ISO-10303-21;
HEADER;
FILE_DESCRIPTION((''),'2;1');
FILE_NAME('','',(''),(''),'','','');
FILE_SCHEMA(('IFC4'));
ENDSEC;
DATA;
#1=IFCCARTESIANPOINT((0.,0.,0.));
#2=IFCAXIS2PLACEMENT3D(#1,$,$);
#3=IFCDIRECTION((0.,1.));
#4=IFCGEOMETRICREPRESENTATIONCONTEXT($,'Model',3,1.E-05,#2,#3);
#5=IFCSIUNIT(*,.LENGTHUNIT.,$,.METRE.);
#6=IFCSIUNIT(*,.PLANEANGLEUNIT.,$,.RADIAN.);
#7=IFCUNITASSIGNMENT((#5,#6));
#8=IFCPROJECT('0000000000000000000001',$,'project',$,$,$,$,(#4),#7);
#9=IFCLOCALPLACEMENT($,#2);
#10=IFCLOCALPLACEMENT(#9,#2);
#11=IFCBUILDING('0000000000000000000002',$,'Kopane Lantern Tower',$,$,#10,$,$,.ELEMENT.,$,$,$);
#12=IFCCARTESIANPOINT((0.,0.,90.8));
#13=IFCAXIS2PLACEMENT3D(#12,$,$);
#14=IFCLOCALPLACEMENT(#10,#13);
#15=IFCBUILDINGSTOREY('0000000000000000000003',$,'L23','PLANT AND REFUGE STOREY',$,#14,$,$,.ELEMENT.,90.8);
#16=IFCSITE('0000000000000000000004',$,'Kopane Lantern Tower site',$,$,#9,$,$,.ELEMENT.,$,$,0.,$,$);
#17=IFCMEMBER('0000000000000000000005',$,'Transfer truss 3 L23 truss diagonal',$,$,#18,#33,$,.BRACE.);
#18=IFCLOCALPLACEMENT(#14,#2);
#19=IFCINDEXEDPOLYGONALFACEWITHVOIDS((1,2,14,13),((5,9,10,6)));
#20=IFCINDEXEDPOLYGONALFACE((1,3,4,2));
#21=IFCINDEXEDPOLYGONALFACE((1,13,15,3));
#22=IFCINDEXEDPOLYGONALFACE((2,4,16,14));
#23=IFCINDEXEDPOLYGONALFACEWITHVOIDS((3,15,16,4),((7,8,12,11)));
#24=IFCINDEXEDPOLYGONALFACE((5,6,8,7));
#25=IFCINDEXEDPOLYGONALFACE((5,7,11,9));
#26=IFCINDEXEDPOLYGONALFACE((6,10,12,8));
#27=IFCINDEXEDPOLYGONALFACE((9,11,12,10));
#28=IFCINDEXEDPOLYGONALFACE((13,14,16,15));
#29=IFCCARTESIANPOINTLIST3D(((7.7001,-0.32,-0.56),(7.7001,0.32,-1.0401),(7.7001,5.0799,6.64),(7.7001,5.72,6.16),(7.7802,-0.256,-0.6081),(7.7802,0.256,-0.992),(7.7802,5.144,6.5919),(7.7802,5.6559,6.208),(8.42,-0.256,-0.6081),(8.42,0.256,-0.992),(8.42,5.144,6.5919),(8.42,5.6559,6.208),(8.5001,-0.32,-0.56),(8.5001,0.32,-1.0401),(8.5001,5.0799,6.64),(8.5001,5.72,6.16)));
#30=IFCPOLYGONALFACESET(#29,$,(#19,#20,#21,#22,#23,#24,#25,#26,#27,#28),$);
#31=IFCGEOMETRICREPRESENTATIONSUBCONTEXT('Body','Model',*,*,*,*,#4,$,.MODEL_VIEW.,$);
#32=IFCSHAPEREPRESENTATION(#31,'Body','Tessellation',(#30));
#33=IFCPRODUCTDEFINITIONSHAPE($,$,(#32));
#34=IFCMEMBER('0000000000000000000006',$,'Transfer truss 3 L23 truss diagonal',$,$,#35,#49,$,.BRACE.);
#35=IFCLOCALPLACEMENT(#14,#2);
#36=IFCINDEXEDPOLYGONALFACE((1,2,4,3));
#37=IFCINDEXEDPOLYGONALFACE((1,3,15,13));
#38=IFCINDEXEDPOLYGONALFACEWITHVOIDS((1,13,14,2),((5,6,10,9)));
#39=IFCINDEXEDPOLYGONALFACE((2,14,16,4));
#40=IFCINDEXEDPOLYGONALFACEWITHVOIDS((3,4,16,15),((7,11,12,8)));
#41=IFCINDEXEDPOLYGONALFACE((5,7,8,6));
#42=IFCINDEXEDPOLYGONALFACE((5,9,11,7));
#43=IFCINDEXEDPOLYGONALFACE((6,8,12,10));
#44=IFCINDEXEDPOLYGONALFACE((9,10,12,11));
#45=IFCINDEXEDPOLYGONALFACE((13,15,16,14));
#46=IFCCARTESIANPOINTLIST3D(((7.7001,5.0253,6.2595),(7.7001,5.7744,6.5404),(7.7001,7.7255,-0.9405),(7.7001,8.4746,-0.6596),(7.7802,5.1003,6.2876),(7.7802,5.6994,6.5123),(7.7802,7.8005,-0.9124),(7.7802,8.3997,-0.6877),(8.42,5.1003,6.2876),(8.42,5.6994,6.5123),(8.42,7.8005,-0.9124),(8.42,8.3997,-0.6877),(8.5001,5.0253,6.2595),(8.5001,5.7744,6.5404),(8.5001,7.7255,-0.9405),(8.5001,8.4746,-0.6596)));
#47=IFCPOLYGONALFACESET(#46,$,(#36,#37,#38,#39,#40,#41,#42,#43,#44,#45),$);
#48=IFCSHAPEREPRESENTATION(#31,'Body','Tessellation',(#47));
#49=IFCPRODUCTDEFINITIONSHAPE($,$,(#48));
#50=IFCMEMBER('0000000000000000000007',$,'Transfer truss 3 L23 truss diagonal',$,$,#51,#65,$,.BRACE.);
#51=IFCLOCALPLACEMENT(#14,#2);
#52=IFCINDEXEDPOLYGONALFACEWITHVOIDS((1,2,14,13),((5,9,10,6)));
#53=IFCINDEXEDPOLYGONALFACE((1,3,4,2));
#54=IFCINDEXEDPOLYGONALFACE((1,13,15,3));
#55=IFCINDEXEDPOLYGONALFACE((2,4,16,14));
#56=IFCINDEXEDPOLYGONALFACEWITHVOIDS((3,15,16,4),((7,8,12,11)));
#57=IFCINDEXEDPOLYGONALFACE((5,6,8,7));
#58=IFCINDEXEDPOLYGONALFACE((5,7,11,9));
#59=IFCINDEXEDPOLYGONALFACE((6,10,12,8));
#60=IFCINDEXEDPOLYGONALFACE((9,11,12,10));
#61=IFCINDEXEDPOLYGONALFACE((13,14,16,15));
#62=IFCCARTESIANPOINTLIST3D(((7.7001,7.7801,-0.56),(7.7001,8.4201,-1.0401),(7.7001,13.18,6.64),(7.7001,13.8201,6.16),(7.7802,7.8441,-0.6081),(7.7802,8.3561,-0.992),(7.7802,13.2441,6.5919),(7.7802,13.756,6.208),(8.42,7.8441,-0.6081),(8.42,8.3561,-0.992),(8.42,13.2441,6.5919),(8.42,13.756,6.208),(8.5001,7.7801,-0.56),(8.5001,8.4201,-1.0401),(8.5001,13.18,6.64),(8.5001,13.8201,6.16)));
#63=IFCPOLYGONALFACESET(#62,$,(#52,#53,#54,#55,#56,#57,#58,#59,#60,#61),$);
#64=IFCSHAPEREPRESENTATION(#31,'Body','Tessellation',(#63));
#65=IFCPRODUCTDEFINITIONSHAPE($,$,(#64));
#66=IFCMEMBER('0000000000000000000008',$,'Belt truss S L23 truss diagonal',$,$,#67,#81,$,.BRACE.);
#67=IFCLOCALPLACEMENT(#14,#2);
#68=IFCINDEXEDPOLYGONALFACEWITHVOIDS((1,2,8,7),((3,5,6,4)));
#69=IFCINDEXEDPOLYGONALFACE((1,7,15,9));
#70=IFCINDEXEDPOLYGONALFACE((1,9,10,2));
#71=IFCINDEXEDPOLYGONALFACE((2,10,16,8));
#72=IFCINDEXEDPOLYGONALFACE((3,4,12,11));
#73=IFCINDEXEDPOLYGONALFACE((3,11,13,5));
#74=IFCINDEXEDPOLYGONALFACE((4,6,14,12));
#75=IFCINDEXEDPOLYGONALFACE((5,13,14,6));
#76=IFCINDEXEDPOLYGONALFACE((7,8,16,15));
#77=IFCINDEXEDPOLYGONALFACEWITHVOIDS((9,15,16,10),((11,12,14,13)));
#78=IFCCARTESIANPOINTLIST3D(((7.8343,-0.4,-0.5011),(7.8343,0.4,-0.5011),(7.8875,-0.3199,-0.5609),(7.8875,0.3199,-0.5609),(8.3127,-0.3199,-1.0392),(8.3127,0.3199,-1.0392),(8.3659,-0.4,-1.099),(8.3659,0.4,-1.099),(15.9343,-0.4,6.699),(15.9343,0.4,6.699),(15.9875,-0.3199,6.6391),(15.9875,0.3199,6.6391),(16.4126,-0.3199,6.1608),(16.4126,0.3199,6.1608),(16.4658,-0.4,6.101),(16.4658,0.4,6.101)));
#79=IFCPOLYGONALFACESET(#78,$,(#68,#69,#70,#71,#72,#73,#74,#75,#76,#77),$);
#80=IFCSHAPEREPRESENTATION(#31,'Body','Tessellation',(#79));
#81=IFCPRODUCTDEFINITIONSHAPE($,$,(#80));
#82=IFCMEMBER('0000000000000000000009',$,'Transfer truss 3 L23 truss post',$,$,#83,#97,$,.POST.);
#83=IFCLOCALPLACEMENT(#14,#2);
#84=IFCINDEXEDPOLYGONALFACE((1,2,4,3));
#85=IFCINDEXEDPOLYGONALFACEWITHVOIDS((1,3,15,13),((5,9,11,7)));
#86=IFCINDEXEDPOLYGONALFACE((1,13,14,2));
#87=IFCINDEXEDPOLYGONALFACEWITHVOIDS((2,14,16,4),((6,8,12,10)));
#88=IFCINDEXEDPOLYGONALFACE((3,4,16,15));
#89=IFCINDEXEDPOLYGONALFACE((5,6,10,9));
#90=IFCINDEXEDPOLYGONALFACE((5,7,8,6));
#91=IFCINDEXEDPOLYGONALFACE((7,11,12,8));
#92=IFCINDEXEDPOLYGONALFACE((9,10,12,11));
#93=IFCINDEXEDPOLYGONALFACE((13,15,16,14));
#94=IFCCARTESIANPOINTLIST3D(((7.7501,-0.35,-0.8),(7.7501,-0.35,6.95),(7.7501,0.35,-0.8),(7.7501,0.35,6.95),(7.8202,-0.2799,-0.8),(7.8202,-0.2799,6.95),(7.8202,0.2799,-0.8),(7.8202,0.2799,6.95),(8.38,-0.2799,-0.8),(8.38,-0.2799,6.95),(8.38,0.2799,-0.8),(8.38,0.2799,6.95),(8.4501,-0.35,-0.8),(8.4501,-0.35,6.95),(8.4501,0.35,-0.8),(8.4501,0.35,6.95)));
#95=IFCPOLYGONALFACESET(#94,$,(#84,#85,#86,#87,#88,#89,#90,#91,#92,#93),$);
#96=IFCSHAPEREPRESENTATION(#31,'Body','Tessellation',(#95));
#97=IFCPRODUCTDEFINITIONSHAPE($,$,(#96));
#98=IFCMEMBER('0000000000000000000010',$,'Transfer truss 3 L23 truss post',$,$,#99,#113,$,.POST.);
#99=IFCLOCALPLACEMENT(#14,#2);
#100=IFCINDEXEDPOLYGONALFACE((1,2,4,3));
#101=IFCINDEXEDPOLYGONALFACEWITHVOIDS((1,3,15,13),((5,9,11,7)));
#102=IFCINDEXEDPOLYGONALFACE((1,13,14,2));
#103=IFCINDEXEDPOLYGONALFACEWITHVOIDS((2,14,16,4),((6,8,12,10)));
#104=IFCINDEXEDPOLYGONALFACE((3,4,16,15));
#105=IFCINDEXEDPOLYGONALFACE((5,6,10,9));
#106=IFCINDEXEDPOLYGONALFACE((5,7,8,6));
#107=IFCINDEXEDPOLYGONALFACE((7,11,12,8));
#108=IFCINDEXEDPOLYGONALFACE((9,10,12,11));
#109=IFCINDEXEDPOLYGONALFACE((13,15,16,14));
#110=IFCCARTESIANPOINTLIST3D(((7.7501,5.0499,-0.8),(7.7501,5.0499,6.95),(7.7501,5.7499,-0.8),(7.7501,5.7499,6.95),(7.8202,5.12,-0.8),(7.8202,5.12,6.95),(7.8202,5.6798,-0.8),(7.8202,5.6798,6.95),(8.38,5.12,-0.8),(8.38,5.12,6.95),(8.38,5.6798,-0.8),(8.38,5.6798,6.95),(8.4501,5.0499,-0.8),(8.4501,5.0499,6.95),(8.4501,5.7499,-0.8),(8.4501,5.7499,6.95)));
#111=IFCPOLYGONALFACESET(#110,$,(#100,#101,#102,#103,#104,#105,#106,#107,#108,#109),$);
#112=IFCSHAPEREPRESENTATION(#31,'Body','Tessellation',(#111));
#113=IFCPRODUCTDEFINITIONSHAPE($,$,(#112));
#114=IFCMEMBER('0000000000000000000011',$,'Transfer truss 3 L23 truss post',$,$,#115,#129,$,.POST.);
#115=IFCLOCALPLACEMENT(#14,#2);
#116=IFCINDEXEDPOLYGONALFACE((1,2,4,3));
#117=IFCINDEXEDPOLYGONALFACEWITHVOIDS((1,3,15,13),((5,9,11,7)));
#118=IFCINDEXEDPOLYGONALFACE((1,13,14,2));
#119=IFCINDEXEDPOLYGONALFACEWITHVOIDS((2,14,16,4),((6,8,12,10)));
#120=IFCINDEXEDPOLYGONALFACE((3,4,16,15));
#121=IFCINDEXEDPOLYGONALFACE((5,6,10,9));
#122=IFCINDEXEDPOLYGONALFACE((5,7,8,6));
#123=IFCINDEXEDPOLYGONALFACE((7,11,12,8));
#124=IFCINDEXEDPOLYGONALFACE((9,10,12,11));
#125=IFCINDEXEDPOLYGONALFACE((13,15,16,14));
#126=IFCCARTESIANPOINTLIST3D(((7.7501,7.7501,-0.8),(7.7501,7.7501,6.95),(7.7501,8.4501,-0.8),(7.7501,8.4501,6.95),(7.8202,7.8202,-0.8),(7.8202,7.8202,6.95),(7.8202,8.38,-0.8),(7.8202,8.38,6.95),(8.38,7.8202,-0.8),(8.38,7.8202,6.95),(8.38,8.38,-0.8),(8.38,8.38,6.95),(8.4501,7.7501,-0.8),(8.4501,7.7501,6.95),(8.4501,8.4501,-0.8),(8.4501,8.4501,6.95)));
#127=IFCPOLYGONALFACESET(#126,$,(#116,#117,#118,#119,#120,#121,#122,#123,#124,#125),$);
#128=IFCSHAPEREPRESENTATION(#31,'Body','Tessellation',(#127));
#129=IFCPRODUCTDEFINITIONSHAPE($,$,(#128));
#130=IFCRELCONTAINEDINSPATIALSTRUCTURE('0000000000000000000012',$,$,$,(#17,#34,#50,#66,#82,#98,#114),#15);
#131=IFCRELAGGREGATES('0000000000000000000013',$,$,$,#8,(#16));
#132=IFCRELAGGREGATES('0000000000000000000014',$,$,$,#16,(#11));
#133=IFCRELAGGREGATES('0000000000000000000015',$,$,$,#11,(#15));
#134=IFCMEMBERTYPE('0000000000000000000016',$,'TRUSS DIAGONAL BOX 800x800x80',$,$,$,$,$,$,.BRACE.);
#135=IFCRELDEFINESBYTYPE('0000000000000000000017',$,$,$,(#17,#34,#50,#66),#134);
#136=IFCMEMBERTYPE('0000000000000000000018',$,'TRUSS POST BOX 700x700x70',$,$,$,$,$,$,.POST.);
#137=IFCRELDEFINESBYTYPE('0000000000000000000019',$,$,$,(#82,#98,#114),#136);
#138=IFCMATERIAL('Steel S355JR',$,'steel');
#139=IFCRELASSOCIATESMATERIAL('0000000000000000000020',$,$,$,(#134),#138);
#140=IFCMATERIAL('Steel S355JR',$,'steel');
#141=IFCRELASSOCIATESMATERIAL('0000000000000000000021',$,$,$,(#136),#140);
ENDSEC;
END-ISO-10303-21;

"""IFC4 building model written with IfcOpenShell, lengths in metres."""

from ifc_helpers import new_model, si_unit, direction, frame, origin, origin_2d, place, context, subcontext, project, spatial, hollow_rectangle, extrude, material, material_profile, profile_set, type_object, element, save


model = new_model("IFC4")

# Units and contexts
model_context = context("Model", 3, precision=1e-05, world=origin(), true_north=direction((0.0, 1.0)))
body_context = subcontext(model_context, "Body", "Model", "MODEL_VIEW")
ifc_project = project(units=[si_unit("LENGTHUNIT", "METRE"), si_unit("PLANEANGLEUNIT", "RADIAN")], contexts=[model_context])

# Site, building, storey
site_placement = place(None, origin())
site = spatial("IfcSite", under=ifc_project, at=site_placement, Name="Kopane Lantern Tower site", CompositionType="ELEMENT", RefElevation=0.0)
building_placement = place(site_placement, origin())
building = spatial("IfcBuilding", under=site, at=building_placement, Name="Kopane Lantern Tower", CompositionType="ELEMENT")
storey_placement = place(building_placement, frame((0.0, 0.0, 90.8)))
storey = spatial("IfcBuildingStorey", under=building, at=storey_placement, Name="L23", Description="PLANT AND REFUGE STOREY", CompositionType="ELEMENT", Elevation=90.8)

# Members
ifc_material_1 = material(Name="Steel S355JR", Category="steel")
ifc_material_profile_1 = material_profile(ifc_material_1, hollow_rectangle(XDim=0.8, YDim=0.8, WallThickness=0.0801, at=origin_2d()), Name="BOX 800x800x80")
ifc_profile_set_1 = profile_set([ifc_material_profile_1], Name="Steel S355JR")
member_type_1 = type_object("IfcMemberType", Name="TRUSS DIAGONAL BOX 800x800x80", PredefinedType="BRACE", material=ifc_profile_set_1)
member_1_placement = place(storey_placement, frame((8.1001, 0.0, -0.8), z_axis=(0.0, 0.599996, 0.800003), x_axis=(-1.0, 0.0, 0.0)))
element("IfcMember", 1, at=member_1_placement, inside=storey, type_object=member_type_1, Name="Transfer truss 3 L23 truss diagonal", PredefinedType="BRACE", context=body_context, shape_type="SweptSolid", body=[
    extrude(hollow_rectangle(XDim=0.8, YDim=0.8, WallThickness=0.0801, at=origin_2d()), origin(), (0.0, 0.0, 1.0), 9.0),
])
member_2_placement = place(storey_placement, frame((8.1001, 8.1001, -0.8), z_axis=(0.0, -0.351148, 0.93632), x_axis=(1.0, 0.0, 0.0)))
element("IfcMember", 2, at=member_2_placement, inside=storey, type_object=member_type_1, Name="Transfer truss 3 L23 truss diagonal", PredefinedType="BRACE", context=body_context, shape_type="SweptSolid", body=[
    extrude(hollow_rectangle(XDim=0.8, YDim=0.8, WallThickness=0.0801, at=origin_2d()), origin(), (0.0, 0.0, 1.0), 7.6897),
])
member_3_placement = place(storey_placement, frame((8.1001, 8.1001, -0.8), z_axis=(0.0, 0.599996, 0.800003), x_axis=(-1.0, 0.0, 0.0)))
element("IfcMember", 3, at=member_3_placement, inside=storey, type_object=member_type_1, Name="Transfer truss 3 L23 truss diagonal", PredefinedType="BRACE", context=body_context, shape_type="SweptSolid", body=[
    extrude(hollow_rectangle(XDim=0.8, YDim=0.8, WallThickness=0.0801, at=origin_2d()), origin(), (0.0, 0.0, 1.0), 9.0),
])
member_4_placement = place(storey_placement, frame((8.1001, 0.0, -0.8), z_axis=(0.747406, 0.0, 0.664368), x_axis=(0.0, 1.0, 0.0)))
element("IfcMember", 4, at=member_4_placement, inside=storey, type_object=member_type_1, Name="Belt truss S L23 truss diagonal", PredefinedType="BRACE", context=body_context, shape_type="SweptSolid", body=[
    extrude(hollow_rectangle(XDim=0.8, YDim=0.8, WallThickness=0.0801, at=origin_2d()), origin(), (0.0, 0.0, 1.0), 10.8374),
])
ifc_material_2 = material(Name="Steel S355JR", Category="steel")
ifc_material_profile_2 = material_profile(ifc_material_2, hollow_rectangle(XDim=0.7, YDim=0.7, WallThickness=0.0701, at=origin_2d()), Name="BOX 700x700x70")
ifc_profile_set_2 = profile_set([ifc_material_profile_2], Name="Steel S355JR")
member_type_2 = type_object("IfcMemberType", Name="TRUSS POST BOX 700x700x70", PredefinedType="POST", material=ifc_profile_set_2)
for number, where, z_axis, x_axis, name in (
    (5, (8.1001, 0.0, -0.8), (0.0, 0.0, 1.0), (1.0, 0.0, 0.0), "Transfer truss 3 L23 truss post"),
    (6, (8.1001, 5.3999, -0.8), (0.0, 0.0, 1.0), (1.0, 0.0, 0.0), "Transfer truss 3 L23 truss post"),
    (7, (8.1001, 8.1001, -0.8), (0.0, 0.0, 1.0), (1.0, 0.0, 0.0), "Transfer truss 3 L23 truss post"),
):
    element("IfcMember", number, at=place(storey_placement, frame(where, z_axis=z_axis, x_axis=x_axis)), inside=storey, type_object=member_type_2, Name=name, PredefinedType="POST", context=body_context, shape_type="SweptSolid", body=[
        extrude(hollow_rectangle(XDim=0.7, YDim=0.7, WallThickness=0.0701, at=origin_2d()), origin(), (0.0, 0.0, 1.0), 7.75),
    ])

save(model, "model.ifc")
